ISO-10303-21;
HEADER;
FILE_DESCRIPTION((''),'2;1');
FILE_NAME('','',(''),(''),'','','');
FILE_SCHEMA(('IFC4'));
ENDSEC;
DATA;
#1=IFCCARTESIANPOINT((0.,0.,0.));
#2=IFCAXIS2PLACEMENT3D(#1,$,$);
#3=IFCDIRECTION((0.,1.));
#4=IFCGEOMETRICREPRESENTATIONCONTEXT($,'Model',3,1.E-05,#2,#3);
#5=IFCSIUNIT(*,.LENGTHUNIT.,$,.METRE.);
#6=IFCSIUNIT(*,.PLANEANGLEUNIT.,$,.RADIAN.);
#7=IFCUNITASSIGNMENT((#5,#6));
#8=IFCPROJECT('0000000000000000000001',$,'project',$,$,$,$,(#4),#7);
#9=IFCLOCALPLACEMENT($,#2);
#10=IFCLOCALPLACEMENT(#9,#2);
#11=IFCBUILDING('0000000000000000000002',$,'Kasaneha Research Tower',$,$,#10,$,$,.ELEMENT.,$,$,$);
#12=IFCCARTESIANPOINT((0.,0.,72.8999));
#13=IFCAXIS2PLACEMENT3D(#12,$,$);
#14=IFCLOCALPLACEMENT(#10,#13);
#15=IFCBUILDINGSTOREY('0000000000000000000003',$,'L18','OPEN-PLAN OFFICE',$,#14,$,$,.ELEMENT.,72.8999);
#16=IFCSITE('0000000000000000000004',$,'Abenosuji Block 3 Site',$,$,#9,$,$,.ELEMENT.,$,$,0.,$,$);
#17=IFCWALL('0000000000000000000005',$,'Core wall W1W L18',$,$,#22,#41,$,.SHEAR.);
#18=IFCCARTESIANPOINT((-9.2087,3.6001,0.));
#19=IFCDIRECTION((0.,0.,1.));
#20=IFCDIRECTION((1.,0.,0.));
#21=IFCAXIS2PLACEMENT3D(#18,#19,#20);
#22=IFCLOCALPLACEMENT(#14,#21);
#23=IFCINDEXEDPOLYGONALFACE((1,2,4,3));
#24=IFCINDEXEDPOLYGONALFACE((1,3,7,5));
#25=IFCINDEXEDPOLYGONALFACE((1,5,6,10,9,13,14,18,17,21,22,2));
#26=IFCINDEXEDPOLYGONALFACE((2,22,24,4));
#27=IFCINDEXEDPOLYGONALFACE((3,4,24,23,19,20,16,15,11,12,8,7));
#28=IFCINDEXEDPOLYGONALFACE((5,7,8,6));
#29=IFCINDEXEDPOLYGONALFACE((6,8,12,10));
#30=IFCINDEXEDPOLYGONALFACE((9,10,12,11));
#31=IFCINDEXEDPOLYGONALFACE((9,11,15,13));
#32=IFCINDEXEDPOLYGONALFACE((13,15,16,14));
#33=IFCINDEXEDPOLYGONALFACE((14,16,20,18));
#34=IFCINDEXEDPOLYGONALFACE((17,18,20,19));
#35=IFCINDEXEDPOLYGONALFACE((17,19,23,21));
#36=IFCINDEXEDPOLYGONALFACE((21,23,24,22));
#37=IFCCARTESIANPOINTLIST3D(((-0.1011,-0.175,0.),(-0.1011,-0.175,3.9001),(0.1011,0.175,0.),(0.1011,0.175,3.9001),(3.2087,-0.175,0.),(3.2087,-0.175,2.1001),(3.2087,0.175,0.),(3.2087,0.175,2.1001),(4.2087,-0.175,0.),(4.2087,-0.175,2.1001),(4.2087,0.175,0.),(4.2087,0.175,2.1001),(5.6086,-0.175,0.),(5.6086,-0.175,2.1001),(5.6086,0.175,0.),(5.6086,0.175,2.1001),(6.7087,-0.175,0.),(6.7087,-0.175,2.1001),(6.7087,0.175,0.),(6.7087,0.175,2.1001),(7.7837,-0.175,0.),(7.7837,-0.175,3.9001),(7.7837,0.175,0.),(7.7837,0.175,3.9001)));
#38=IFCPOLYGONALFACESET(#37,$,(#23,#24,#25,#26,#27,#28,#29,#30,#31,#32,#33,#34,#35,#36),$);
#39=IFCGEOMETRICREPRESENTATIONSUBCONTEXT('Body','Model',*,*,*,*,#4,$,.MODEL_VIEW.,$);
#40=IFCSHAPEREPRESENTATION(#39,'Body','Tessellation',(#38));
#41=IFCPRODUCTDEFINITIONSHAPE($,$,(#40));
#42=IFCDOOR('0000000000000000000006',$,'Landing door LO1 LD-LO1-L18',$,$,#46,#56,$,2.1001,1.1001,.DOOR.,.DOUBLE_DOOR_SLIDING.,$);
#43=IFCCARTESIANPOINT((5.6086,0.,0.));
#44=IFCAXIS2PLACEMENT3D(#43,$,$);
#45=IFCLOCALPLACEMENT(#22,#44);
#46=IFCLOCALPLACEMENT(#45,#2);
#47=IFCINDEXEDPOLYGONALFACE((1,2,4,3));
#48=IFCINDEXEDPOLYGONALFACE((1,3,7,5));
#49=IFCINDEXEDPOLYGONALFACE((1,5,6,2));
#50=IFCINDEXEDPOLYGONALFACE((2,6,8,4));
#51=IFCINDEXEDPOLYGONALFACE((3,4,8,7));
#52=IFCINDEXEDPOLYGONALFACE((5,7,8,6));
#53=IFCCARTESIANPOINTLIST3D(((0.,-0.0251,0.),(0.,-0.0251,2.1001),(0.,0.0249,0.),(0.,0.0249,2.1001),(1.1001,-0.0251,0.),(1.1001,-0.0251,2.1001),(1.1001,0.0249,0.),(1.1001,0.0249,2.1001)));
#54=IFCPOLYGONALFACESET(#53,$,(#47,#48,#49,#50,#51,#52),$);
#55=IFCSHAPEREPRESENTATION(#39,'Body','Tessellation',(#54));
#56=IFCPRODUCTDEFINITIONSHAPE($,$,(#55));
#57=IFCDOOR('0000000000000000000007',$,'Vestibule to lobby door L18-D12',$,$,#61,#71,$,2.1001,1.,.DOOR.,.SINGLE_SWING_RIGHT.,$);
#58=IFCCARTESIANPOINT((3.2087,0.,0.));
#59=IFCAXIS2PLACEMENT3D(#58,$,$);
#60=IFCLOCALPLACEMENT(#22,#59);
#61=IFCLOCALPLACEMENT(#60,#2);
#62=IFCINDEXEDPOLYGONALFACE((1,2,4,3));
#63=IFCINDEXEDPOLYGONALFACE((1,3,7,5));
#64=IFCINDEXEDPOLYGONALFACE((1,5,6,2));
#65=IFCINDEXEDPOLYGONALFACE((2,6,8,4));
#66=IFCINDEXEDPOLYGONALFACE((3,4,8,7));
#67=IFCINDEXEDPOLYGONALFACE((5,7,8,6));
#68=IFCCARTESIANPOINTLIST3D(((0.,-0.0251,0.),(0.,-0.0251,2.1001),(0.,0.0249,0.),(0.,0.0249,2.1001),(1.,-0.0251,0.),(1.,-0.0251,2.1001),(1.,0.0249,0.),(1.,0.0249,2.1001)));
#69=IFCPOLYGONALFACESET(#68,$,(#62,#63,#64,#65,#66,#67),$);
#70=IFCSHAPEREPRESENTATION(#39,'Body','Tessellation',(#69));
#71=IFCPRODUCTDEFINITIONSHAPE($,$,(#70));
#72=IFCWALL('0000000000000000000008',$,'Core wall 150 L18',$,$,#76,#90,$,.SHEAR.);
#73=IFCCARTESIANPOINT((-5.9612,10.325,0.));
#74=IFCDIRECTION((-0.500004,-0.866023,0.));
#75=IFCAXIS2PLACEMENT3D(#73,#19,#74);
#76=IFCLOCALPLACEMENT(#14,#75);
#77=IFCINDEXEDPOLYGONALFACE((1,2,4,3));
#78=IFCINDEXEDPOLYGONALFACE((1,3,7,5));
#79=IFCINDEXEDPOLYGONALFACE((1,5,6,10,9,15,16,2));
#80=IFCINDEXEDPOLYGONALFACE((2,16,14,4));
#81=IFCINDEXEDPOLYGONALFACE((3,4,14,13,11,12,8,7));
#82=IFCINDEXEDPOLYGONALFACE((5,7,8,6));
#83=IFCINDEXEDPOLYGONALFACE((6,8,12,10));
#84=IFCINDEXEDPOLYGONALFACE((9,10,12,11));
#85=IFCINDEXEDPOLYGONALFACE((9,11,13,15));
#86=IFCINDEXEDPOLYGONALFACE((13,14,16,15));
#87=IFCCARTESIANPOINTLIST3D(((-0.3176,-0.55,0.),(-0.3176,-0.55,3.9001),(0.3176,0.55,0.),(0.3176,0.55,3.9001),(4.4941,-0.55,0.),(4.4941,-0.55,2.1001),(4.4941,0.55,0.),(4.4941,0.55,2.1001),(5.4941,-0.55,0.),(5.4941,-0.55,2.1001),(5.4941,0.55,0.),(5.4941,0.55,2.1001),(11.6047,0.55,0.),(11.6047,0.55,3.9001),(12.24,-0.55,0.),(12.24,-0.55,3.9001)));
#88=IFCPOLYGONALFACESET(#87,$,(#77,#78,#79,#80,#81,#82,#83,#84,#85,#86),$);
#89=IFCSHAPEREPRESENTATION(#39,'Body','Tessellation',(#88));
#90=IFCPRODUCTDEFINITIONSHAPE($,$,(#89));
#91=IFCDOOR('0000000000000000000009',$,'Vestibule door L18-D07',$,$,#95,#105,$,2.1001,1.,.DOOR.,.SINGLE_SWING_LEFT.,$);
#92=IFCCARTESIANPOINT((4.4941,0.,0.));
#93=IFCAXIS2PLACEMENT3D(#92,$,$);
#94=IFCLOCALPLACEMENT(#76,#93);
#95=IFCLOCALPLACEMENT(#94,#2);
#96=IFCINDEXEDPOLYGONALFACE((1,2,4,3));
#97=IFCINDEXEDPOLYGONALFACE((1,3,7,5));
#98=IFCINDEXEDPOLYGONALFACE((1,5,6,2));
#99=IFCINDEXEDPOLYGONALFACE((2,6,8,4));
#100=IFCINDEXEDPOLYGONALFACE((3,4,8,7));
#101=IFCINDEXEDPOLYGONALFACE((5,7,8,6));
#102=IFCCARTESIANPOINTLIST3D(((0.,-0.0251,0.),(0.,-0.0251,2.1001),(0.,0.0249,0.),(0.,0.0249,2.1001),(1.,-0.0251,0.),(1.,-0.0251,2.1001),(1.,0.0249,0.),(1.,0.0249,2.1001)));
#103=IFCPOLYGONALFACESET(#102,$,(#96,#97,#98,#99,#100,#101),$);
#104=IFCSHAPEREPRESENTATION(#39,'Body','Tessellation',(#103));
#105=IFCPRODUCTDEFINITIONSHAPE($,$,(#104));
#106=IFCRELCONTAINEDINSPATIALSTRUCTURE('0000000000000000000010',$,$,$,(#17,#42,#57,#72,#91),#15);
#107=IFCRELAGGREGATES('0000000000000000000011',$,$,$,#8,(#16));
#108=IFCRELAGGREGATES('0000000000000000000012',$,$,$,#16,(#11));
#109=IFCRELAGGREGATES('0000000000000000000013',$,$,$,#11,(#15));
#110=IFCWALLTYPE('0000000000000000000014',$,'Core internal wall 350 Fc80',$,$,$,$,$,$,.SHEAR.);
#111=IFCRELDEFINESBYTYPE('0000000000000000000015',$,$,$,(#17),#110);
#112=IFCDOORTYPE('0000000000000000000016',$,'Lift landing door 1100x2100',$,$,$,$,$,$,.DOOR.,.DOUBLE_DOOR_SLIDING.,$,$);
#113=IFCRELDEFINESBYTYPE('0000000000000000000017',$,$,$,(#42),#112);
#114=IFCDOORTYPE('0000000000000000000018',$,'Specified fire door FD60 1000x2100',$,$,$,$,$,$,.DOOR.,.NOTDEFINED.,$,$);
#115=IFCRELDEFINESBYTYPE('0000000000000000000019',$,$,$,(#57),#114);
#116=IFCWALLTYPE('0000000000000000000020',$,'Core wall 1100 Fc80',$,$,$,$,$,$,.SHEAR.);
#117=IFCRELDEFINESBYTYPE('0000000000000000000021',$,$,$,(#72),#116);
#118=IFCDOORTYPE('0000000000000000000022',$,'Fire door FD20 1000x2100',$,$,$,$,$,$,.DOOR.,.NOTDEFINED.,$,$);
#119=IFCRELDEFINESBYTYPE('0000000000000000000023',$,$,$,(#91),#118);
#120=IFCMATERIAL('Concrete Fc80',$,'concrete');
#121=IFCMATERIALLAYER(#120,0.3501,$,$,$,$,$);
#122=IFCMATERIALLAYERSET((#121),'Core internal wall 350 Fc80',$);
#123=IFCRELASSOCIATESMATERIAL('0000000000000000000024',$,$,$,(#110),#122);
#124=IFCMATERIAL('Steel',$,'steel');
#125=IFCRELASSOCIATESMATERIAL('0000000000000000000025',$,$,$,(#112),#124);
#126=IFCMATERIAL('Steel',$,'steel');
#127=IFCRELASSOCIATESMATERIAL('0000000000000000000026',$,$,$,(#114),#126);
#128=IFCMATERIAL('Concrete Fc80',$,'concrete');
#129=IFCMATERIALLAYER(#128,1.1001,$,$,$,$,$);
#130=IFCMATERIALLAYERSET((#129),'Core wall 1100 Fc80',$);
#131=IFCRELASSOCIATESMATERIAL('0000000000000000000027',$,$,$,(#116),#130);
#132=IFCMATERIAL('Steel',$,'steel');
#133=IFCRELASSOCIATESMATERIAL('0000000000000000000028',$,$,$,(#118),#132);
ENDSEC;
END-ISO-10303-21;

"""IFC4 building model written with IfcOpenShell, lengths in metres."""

from ifc_helpers import new_model, si_unit, direction, frame, frame_2d, origin, place, context, subcontext, project, spatial, polyline, rectangle, outline, extrude, material, layer, layer_set, type_object, element, fill, save


model = new_model("IFC4")

# Units and contexts
model_context = context("Model", 3, precision=1e-05, world=origin(), true_north=direction((0.0, 1.0)))
body_context = subcontext(model_context, "Body", "Model", "MODEL_VIEW")
ifc_project = project(units=[si_unit("LENGTHUNIT", "METRE"), si_unit("PLANEANGLEUNIT", "RADIAN")], contexts=[model_context])

# Site, building, storey
site_placement = place(None, origin())
site = spatial("IfcSite", under=ifc_project, at=site_placement, Name="Abenosuji Block 3 Site", CompositionType="ELEMENT", RefElevation=0.0)
building_placement = place(site_placement, origin())
building = spatial("IfcBuilding", under=site, at=building_placement, Name="Kasaneha Research Tower", CompositionType="ELEMENT")
storey_placement = place(building_placement, frame((0.0, 0.0, 72.8999)))
storey = spatial("IfcBuildingStorey", under=building, at=storey_placement, Name="L18", Description="OPEN-PLAN OFFICE", CompositionType="ELEMENT", Elevation=72.8999)

# Wall, openings, doors
ifc_material_1 = material(Name="Concrete Fc80", Category="concrete")
ifc_layer_1 = layer(ifc_material_1, 0.3501)
ifc_layer_set_1 = layer_set([ifc_layer_1], Name="Core internal wall 350 Fc80")
wall_type_1 = type_object("IfcWallType", Name="Core internal wall 350 Fc80", PredefinedType="SHEAR", material=ifc_layer_set_1)
wall_1_placement = place(storey_placement, frame((-9.2087, 3.6001, 0.0), z_axis=(0.0, 0.0, 1.0), x_axis=(1.0, 0.0, 0.0)))
wall_1 = element("IfcWall", 1, at=wall_1_placement, inside=storey, type_object=wall_type_1, Name="Core wall W1W L18", PredefinedType="SHEAR", context=body_context, shape_type="SweptSolid", body=[
    extrude(outline(polyline([(-0.1011, -0.175), (3.2087, -0.175), (4.2087, -0.175), (5.6086, -0.175), (6.7087, -0.175), (7.7837, -0.175), (7.7837, 0.175), (6.7087, 0.175), (5.6086, 0.175), (4.2087, 0.175), (3.2087, 0.175), (0.1011, 0.175), (-0.1011, -0.175)])), origin(), (0.0, 0.0, 1.0), 3.9001),
])
opening_1_placement = place(wall_1_placement, frame((3.2087, 0.0, 0.0)))
opening_1 = element("IfcOpeningElement", 2, at=opening_1_placement, cuts=wall_1, PredefinedType="OPENING", context=body_context, shape_type="SweptSolid", body=[
    extrude(rectangle(XDim=1.0, YDim=2.1001, at=frame_2d((0.5, 1.05))), frame((0.0, 0.1851, 0.0), z_axis=(0.0, -1.0, 0.0), x_axis=(1.0, 0.0, 0.0)), (0.0, 0.0, 1.0), 0.3701),
])
opening_2_placement = place(wall_1_placement, frame((5.6086, 0.0, 0.0)))
opening_2 = element("IfcOpeningElement", 3, at=opening_2_placement, cuts=wall_1, PredefinedType="OPENING", context=body_context, shape_type="SweptSolid", body=[
    extrude(rectangle(XDim=1.1001, YDim=2.1001, at=frame_2d((0.55, 1.05))), frame((0.0, 0.1851, 0.0), z_axis=(0.0, -1.0, 0.0), x_axis=(1.0, 0.0, 0.0)), (0.0, 0.0, 1.0), 0.3701),
])
ifc_material_2 = material(Name="Steel", Category="steel")
door_type_1 = type_object("IfcDoorType", Name="Lift landing door 1100x2100", OperationType="DOUBLE_DOOR_SLIDING", PredefinedType="DOOR", material=ifc_material_2)
door_1_placement = place(opening_2_placement, origin())
door_1 = element("IfcDoor", 4, at=door_1_placement, inside=storey, type_object=door_type_1, Name="Landing door LO1 LD-LO1-L18", OperationType="DOUBLE_DOOR_SLIDING", OverallHeight=2.1001, OverallWidth=1.1001, PredefinedType="DOOR", context=body_context, shape_type="SweptSolid", body=[
    extrude(rectangle(XDim=1.1001, YDim=2.1001, at=frame_2d((0.55, 1.05))), frame((0.0, 0.0249, 0.0), z_axis=(0.0, -1.0, 0.0), x_axis=(1.0, 0.0, 0.0)), (0.0, 0.0, 1.0), 0.05),
])
fill(opening_2, door_1)
ifc_material_3 = material(Name="Steel", Category="steel")
door_type_2 = type_object("IfcDoorType", Name="Specified fire door FD60 1000x2100", OperationType="NOTDEFINED", PredefinedType="DOOR", material=ifc_material_3)
door_2_placement = place(opening_1_placement, origin())
door_2 = element("IfcDoor", 5, at=door_2_placement, inside=storey, type_object=door_type_2, Name="Vestibule to lobby door L18-D12", OperationType="SINGLE_SWING_RIGHT", OverallHeight=2.1001, OverallWidth=1.0, PredefinedType="DOOR", context=body_context, shape_type="SweptSolid", body=[
    extrude(rectangle(XDim=1.0, YDim=2.1001, at=frame_2d((0.5, 1.05))), frame((0.0, 0.0249, 0.0), z_axis=(0.0, -1.0, 0.0), x_axis=(1.0, 0.0, 0.0)), (0.0, 0.0, 1.0), 0.05),
])
fill(opening_1, door_2)

# Wall, opening, door
ifc_material_4 = material(Name="Concrete Fc80", Category="concrete")
ifc_layer_2 = layer(ifc_material_4, 1.1001)
ifc_layer_set_2 = layer_set([ifc_layer_2], Name="Core wall 1100 Fc80")
wall_type_2 = type_object("IfcWallType", Name="Core wall 1100 Fc80", PredefinedType="SHEAR", material=ifc_layer_set_2)
wall_2_placement = place(storey_placement, frame((-5.9612, 10.325, 0.0), z_axis=(0.0, 0.0, 1.0), x_axis=(-0.500004, -0.866023, 0.0)))
wall_2 = element("IfcWall", 6, at=wall_2_placement, inside=storey, type_object=wall_type_2, Name="Core wall 150 L18", PredefinedType="SHEAR", context=body_context, shape_type="SweptSolid", body=[
    extrude(outline(polyline([(-0.3176, -0.55), (4.4941, -0.55), (5.4941, -0.55), (12.24, -0.55), (11.6047, 0.55), (5.4941, 0.55), (4.4941, 0.55), (0.3176, 0.55), (-0.3176, -0.55)])), origin(), (0.0, 0.0, 1.0), 3.9001),
])
opening_3_placement = place(wall_2_placement, frame((4.4941, 0.0, 0.0)))
opening_3 = element("IfcOpeningElement", 7, at=opening_3_placement, cuts=wall_2, PredefinedType="OPENING", context=body_context, shape_type="SweptSolid", body=[
    extrude(rectangle(XDim=1.0, YDim=2.1001, at=frame_2d((0.5, 1.05))), frame((0.0, 0.5601, 0.0), z_axis=(0.0, -1.0, 0.0), x_axis=(1.0, 0.0, 0.0)), (0.0, 0.0, 1.0), 1.1201),
])
ifc_material_5 = material(Name="Steel", Category="steel")
door_type_3 = type_object("IfcDoorType", Name="Fire door FD20 1000x2100", OperationType="NOTDEFINED", PredefinedType="DOOR", material=ifc_material_5)
door_3_placement = place(opening_3_placement, origin())
door_3 = element("IfcDoor", 8, at=door_3_placement, inside=storey, type_object=door_type_3, Name="Vestibule door L18-D07", OperationType="SINGLE_SWING_LEFT", OverallHeight=2.1001, OverallWidth=1.0, PredefinedType="DOOR", context=body_context, shape_type="SweptSolid", body=[
    extrude(rectangle(XDim=1.0, YDim=2.1001, at=frame_2d((0.5, 1.05))), frame((0.0, 0.0249, 0.0), z_axis=(0.0, -1.0, 0.0), x_axis=(1.0, 0.0, 0.0)), (0.0, 0.0, 1.0), 0.05),
])
fill(opening_3, door_3)

save(model, "model.ifc")
